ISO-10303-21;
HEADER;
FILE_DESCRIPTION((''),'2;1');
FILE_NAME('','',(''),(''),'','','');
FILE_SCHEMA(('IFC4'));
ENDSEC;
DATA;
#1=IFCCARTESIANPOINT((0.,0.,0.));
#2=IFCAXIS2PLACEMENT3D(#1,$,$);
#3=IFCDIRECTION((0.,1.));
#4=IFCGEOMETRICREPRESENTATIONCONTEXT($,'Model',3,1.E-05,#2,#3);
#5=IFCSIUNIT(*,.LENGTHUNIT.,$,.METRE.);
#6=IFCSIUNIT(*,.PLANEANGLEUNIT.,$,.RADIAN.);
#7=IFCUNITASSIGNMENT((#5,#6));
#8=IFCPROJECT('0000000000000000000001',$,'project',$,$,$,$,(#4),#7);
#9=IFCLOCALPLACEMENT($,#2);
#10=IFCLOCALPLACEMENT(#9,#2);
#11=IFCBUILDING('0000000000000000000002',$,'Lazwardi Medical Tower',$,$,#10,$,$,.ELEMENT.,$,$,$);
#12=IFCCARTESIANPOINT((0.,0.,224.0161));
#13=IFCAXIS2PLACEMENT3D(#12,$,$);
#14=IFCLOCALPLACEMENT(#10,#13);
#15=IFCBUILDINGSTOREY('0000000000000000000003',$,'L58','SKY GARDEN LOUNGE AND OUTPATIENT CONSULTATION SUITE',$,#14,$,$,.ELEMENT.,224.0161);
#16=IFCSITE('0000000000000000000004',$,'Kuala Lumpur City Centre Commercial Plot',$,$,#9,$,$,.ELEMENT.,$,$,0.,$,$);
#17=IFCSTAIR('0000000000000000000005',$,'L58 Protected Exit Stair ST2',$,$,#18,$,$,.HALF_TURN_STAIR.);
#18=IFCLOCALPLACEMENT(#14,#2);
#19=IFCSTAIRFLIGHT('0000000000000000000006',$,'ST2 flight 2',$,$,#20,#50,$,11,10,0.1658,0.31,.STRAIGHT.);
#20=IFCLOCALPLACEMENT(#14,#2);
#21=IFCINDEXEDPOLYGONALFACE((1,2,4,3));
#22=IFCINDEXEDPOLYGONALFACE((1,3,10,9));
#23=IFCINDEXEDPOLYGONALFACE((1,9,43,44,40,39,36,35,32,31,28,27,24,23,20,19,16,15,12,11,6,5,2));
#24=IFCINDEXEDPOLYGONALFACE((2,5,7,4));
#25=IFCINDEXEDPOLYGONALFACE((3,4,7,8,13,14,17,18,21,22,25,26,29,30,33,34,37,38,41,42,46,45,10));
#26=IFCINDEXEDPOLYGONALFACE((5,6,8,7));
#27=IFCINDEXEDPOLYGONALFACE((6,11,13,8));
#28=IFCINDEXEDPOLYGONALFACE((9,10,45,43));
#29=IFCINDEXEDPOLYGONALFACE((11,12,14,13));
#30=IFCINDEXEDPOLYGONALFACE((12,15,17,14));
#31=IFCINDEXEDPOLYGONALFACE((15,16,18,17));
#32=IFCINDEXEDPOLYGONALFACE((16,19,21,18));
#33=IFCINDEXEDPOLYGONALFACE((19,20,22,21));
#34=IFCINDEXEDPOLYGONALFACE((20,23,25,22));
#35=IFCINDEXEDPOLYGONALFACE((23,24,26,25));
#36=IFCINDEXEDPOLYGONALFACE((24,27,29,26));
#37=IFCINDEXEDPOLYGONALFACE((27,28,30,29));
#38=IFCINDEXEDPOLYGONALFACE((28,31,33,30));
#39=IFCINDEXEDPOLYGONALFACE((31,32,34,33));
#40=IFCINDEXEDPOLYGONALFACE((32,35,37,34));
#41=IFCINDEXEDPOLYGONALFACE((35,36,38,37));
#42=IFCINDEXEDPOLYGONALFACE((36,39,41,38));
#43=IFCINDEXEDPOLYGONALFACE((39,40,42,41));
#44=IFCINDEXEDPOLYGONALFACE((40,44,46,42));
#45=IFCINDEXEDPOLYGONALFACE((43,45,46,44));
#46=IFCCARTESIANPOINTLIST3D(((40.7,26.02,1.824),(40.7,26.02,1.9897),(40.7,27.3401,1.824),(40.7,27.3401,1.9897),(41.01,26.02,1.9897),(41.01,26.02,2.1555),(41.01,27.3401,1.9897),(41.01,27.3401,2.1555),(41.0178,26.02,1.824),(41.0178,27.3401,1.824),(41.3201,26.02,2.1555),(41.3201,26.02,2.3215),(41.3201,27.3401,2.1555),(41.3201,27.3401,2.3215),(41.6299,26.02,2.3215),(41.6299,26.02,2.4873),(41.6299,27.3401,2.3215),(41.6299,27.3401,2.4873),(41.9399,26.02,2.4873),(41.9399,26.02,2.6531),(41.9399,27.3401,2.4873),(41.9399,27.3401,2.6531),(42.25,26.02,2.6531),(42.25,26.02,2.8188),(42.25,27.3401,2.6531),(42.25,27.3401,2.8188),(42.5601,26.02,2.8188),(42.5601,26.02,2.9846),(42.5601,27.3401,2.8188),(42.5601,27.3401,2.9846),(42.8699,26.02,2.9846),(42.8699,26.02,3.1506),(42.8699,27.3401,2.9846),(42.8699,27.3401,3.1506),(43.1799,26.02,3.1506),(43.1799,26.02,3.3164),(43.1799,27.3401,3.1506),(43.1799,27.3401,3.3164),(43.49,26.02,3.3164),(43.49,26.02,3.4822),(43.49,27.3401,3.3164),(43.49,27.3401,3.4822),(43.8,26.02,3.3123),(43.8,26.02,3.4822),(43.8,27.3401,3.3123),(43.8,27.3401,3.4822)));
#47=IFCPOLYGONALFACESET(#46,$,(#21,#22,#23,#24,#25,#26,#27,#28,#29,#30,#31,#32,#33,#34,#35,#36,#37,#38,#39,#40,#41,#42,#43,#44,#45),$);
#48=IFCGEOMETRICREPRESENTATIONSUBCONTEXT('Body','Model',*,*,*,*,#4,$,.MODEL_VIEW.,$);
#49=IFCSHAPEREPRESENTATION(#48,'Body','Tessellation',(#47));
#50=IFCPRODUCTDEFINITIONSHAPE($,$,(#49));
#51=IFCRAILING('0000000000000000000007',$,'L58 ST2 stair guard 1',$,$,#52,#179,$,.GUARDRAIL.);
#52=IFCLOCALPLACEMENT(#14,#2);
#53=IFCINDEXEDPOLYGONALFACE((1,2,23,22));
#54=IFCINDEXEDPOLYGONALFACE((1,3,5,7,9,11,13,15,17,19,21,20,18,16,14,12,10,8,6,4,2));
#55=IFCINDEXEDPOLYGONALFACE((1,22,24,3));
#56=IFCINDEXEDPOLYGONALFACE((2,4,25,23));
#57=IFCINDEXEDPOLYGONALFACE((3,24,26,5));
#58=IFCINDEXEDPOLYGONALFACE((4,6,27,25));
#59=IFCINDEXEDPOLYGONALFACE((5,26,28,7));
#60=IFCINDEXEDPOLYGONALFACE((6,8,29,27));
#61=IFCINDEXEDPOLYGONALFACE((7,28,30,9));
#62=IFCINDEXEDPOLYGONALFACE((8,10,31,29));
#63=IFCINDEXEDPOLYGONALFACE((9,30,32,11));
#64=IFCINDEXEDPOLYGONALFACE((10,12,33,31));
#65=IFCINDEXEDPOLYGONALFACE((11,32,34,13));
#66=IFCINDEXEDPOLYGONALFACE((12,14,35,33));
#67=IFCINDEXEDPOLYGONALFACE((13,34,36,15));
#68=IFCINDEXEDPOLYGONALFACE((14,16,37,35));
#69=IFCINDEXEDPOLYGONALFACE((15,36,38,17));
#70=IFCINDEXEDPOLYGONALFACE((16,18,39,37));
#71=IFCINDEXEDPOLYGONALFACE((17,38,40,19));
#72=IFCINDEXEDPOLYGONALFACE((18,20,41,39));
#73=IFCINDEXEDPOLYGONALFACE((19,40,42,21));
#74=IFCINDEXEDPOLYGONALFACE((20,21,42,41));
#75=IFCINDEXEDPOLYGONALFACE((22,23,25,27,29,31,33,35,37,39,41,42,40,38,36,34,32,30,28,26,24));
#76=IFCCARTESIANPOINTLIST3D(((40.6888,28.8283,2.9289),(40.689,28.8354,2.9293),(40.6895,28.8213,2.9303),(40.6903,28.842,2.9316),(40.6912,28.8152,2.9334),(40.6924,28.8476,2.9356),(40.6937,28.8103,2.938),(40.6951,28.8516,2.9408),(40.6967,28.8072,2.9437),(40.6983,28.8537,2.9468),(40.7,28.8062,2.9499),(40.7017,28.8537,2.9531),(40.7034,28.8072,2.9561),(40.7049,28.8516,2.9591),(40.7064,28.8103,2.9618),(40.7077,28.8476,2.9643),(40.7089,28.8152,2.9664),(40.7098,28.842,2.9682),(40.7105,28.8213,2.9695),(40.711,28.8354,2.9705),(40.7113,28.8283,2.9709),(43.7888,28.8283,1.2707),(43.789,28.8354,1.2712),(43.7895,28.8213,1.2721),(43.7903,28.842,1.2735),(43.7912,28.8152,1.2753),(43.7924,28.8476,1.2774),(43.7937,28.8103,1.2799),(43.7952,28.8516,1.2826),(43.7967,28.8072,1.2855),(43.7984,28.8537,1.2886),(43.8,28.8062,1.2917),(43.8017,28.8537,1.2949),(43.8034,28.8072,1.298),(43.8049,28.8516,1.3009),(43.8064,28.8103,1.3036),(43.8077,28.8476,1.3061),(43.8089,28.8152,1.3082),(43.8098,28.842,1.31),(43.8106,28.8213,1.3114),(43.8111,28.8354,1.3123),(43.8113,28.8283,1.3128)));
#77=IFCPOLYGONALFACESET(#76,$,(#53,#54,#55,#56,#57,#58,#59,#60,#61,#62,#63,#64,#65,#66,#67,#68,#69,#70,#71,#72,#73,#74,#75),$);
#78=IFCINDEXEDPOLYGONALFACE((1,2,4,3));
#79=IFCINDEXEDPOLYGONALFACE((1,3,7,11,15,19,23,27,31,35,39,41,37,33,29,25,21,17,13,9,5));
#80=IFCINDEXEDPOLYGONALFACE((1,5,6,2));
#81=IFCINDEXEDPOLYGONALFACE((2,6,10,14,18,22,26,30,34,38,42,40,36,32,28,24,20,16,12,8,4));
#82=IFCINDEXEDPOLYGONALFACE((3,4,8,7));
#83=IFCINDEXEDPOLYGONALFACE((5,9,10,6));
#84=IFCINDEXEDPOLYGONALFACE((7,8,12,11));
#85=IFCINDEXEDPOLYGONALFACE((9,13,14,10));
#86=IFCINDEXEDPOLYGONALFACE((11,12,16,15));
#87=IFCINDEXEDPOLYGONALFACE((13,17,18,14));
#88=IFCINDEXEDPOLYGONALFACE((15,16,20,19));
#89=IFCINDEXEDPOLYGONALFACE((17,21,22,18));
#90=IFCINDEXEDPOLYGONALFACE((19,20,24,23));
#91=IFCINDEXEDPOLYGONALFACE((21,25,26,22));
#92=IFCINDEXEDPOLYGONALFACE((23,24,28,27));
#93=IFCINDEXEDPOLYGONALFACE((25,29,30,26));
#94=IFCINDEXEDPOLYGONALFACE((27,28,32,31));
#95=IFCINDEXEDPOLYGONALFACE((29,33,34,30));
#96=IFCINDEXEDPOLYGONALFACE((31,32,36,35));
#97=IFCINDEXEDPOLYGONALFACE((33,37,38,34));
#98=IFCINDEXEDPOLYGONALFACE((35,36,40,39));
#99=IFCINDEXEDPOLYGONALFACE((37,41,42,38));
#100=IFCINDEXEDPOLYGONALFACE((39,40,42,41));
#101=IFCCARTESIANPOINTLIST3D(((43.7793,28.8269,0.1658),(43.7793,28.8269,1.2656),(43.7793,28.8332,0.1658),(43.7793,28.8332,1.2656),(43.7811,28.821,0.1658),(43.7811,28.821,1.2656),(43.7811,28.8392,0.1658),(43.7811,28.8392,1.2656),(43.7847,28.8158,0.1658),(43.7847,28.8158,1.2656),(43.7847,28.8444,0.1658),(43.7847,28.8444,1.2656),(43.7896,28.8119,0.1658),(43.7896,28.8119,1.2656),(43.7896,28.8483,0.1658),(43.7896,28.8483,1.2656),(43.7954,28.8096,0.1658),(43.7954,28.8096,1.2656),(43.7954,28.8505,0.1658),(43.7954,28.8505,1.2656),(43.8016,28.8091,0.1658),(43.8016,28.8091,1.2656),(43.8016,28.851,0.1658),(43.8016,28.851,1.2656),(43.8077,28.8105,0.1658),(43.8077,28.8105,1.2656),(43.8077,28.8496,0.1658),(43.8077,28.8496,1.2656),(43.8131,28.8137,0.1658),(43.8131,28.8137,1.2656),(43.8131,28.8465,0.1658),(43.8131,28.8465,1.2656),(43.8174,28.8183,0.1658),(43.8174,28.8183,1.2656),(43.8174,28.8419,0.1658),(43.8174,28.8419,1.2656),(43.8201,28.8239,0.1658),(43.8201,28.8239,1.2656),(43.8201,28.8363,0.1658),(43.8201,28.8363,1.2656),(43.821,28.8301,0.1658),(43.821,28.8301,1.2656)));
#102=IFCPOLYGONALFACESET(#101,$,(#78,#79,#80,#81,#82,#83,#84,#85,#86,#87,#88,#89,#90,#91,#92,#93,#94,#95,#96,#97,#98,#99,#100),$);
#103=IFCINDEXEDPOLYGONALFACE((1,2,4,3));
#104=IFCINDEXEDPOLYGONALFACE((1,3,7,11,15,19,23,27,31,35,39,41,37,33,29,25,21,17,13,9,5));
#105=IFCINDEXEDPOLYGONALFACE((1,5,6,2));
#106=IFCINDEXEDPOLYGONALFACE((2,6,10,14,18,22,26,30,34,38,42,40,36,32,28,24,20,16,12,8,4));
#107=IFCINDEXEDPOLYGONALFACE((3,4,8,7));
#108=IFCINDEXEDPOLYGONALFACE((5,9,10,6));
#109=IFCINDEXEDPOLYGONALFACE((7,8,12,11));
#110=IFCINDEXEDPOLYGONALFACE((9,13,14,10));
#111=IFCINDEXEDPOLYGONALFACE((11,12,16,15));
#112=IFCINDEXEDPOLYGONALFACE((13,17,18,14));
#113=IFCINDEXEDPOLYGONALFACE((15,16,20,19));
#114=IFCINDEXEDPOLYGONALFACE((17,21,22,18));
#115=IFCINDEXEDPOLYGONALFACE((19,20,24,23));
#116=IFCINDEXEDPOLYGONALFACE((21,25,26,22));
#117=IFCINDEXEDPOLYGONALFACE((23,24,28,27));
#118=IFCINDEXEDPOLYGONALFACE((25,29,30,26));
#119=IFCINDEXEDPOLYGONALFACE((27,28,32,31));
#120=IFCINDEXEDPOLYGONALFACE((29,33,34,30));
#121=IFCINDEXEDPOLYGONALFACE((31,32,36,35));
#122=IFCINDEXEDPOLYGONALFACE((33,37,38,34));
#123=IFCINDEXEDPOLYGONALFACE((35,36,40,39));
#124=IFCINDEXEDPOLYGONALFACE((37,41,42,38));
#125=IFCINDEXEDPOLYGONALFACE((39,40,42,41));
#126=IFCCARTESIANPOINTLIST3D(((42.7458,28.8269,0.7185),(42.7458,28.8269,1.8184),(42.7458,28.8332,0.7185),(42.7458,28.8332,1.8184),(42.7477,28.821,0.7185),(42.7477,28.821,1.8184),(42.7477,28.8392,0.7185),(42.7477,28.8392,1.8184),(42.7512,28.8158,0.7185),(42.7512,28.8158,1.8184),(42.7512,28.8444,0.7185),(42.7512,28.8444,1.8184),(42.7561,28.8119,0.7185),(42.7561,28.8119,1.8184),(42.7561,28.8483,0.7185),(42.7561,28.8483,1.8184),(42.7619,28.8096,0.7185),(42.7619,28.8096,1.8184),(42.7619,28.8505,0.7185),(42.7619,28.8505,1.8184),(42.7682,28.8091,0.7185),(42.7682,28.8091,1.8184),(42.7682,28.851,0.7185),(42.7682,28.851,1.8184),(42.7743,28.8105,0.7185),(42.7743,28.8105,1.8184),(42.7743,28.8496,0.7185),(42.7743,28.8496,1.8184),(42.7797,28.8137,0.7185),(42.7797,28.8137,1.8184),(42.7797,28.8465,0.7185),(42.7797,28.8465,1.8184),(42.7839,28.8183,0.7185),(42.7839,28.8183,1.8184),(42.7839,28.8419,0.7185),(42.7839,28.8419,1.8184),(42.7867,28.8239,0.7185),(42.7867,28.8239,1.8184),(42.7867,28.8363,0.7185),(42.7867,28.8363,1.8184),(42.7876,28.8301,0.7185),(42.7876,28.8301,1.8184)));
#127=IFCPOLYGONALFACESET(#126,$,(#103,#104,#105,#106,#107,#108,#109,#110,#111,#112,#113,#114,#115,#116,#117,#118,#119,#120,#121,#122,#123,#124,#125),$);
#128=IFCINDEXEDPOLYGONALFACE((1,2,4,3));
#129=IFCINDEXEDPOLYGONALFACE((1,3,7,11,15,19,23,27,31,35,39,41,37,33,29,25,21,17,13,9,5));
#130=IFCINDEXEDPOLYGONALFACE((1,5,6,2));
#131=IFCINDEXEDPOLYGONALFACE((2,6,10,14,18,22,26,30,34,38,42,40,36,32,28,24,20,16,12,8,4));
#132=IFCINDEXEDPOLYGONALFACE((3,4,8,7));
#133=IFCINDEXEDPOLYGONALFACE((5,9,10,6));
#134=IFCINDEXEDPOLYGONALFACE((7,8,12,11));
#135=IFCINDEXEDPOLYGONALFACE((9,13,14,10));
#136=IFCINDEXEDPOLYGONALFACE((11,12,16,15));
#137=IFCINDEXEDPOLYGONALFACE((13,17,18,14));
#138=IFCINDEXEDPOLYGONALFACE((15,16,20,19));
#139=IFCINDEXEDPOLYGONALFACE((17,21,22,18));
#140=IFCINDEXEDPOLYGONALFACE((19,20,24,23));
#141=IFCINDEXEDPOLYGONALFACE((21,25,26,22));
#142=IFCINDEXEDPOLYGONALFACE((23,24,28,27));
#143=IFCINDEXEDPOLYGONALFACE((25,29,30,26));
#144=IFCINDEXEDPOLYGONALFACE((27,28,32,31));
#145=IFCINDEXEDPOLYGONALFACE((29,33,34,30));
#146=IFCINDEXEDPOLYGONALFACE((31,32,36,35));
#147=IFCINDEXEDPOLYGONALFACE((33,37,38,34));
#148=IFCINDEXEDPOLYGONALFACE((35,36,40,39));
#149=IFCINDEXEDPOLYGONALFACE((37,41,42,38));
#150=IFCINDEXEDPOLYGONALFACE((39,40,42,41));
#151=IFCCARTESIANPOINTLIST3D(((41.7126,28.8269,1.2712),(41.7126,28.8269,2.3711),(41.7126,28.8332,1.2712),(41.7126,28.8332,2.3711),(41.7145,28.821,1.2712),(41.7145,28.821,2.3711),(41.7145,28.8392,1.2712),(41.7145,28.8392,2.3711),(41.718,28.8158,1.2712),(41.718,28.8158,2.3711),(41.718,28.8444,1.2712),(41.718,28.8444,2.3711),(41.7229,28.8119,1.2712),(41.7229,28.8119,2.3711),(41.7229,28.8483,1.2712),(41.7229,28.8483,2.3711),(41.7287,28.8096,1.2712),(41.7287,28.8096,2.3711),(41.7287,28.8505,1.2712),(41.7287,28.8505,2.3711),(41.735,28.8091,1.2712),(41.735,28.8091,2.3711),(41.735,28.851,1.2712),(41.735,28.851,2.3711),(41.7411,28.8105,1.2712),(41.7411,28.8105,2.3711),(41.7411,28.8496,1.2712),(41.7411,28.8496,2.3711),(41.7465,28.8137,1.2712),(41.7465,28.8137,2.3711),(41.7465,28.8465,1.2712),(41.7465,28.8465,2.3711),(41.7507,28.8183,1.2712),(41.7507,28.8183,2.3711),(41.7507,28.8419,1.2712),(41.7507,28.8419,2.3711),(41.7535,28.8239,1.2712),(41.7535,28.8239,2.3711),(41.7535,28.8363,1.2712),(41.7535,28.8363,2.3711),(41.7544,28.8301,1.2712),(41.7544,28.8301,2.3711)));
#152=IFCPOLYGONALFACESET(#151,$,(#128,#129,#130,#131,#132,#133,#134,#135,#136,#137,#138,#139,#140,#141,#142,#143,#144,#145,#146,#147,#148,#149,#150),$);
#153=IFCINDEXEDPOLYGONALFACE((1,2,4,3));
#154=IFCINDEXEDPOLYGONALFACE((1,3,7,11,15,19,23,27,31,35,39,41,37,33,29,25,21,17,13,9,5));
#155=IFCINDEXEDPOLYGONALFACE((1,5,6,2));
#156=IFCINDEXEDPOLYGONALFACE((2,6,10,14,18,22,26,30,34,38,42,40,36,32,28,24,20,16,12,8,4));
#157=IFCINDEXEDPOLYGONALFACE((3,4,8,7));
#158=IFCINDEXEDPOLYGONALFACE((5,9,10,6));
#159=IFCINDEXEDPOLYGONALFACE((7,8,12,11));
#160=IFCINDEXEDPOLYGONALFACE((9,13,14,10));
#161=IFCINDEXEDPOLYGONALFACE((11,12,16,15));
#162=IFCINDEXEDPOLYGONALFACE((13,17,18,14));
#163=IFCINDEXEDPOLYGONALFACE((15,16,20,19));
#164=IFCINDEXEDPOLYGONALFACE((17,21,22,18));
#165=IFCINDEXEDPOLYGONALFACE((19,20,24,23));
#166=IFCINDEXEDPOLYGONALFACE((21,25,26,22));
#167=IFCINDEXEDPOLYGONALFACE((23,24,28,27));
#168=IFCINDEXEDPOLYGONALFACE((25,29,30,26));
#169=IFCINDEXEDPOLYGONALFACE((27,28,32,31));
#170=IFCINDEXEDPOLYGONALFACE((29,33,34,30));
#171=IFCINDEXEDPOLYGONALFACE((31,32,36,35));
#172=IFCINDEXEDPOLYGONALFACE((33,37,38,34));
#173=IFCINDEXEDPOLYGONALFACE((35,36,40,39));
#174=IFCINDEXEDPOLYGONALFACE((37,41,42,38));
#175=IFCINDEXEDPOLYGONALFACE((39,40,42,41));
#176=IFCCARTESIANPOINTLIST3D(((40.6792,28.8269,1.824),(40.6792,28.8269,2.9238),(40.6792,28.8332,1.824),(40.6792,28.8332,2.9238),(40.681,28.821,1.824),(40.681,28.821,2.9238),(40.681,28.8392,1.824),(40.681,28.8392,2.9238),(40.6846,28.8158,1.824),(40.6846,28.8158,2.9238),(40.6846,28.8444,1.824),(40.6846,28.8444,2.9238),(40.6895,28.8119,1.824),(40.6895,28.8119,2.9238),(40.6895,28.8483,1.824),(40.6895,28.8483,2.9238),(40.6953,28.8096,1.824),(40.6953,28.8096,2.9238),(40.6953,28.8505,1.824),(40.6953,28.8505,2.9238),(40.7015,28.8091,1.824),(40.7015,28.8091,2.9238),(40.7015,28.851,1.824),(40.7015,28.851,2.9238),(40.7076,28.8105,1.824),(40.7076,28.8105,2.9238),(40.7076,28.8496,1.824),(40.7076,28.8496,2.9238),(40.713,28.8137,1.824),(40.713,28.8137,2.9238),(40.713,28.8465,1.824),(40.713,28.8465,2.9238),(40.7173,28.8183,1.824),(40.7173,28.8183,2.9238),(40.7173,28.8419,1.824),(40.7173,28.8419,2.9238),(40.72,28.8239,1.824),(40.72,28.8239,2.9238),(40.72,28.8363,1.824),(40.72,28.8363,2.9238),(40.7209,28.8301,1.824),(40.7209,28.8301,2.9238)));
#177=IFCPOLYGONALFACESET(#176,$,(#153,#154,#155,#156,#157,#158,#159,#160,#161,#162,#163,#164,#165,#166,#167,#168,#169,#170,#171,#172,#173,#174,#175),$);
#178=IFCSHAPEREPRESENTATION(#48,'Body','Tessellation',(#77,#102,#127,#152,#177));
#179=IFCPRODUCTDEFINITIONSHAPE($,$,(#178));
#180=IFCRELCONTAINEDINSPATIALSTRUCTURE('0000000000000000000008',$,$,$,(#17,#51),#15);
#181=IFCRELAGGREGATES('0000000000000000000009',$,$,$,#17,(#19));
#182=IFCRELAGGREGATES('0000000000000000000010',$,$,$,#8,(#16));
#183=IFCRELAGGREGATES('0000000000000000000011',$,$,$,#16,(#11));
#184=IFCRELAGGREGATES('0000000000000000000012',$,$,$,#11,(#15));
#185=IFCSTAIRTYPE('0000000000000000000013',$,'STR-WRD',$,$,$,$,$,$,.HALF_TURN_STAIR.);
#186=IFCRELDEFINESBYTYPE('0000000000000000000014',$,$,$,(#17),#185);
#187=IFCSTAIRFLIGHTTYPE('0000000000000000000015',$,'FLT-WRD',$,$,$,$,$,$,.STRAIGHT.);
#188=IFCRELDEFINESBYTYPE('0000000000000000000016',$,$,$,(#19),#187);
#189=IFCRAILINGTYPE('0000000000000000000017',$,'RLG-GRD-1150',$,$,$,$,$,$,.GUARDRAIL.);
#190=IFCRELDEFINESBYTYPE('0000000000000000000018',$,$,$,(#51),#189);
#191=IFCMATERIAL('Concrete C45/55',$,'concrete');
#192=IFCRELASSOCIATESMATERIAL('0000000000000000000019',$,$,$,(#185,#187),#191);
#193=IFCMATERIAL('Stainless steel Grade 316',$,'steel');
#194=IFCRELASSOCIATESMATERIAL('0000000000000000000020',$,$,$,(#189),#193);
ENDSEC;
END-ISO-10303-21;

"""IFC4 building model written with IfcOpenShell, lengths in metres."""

from ifc_helpers import new_model, si_unit, direction, frame, origin, origin_2d, place, context, subcontext, project, spatial, polyline, circle, outline, extrude, material, type_object, element, aggregate, save


model = new_model("IFC4")

# Units and contexts
model_context = context("Model", 3, precision=1e-05, world=origin(), true_north=direction((0.0, 1.0)))
body_context = subcontext(model_context, "Body", "Model", "MODEL_VIEW")
ifc_project = project(units=[si_unit("LENGTHUNIT", "METRE"), si_unit("PLANEANGLEUNIT", "RADIAN")], contexts=[model_context])

# Site, building, storey
site_placement = place(None, origin())
site = spatial("IfcSite", under=ifc_project, at=site_placement, Name="Kuala Lumpur City Centre Commercial Plot", CompositionType="ELEMENT", RefElevation=0.0)
building_placement = place(site_placement, origin())
building = spatial("IfcBuilding", under=site, at=building_placement, Name="Lazwardi Medical Tower", CompositionType="ELEMENT")
storey_placement = place(building_placement, frame((0.0, 0.0, 224.0161)))
storey = spatial("IfcBuildingStorey", under=building, at=storey_placement, Name="L58", Description="SKY GARDEN LOUNGE AND OUTPATIENT CONSULTATION SUITE", CompositionType="ELEMENT", Elevation=224.0161)

# Stair, stair flight
ifc_material_1 = material(Name="Concrete C45/55", Category="concrete")
stair_type = type_object("IfcStairType", Name="STR-WRD", PredefinedType="HALF_TURN_STAIR", material=ifc_material_1)
stair_placement = place(storey_placement, origin())
stair = element("IfcStair", 1, at=stair_placement, inside=storey, type_object=stair_type, Name="L58 Protected Exit Stair ST2", PredefinedType="HALF_TURN_STAIR")
stair_flight_type = type_object("IfcStairFlightType", Name="FLT-WRD", PredefinedType="STRAIGHT", material=ifc_material_1)
stair_flight_1_placement = place(storey_placement, frame((40.7, 26.6799, 1.824), z_axis=(0.0, 0.0, 1.0), x_axis=(1.0, 0.0, 0.0)))
stair_flight_1 = element("IfcStairFlight", 2, at=stair_flight_1_placement, type_object=stair_flight_type, Name="ST2 flight 2", NumberOfRisers=11, NumberOfTreads=10, PredefinedType="STRAIGHT", RiserHeight=0.1658, TreadLength=0.31, context=body_context, shape_type="SweptSolid", body=[
    extrude(outline(polyline([(0.0, 0.0), (0.0, 0.1658), (0.3101, 0.1658), (0.3101, 0.3315), (0.6201, 0.3315), (0.6201, 0.4976), (0.9299, 0.4976), (0.9299, 0.6633), (1.24, 0.6633), (1.24, 0.8291), (1.55, 0.8291), (1.55, 0.9949), (1.8601, 0.9949), (1.8601, 1.1606), (2.1699, 1.1606), (2.1699, 1.3267), (2.48, 1.3267), (2.48, 1.4924), (2.79, 1.4924), (2.79, 1.6582), (3.1001, 1.6582), (3.1001, 1.824), (3.1001, 1.4883), (0.3179, 0.0), (0.0, 0.0)])), frame((0.0, 0.6602, 0.0), z_axis=(0.0, -1.0, 0.0), x_axis=(1.0, 0.0, 0.0)), (0.0, 0.0, 1.0), 1.3201),
])
aggregate(stair, [stair_flight_1])

# Railing
ifc_material_2 = material(Name="Stainless steel Grade 316", Category="steel")
railing_type_1 = type_object("IfcRailingType", Name="RLG-GRD-1150", PredefinedType="GUARDRAIL", material=ifc_material_2)
railing_1_placement = place(storey_placement, frame((43.8, 28.8301, 0.1658)))
element("IfcRailing", 3, at=railing_1_placement, inside=storey, type_object=railing_type_1, Name="L58 ST2 stair guard 1", PredefinedType="GUARDRAIL", context=body_context, shape_type="SweptSolid", body=[
    extrude(circle(Radius=0.0239, at=origin_2d()), frame((0.0, 0.0, 1.126), z_axis=(-0.881783, 0.0, 0.471655), x_axis=(0.0, -1.0, 0.0)), (0.0, 0.0, 1.0), 3.5156),
    extrude(circle(Radius=0.021, at=origin_2d()), origin(), (0.0, 0.0, 1.0), 1.0999),
    extrude(circle(Radius=0.021, at=origin_2d()), frame((-1.0334, 0.0, 0.5527)), (0.0, 0.0, 1.0), 1.0999),
    extrude(circle(Radius=0.021, at=origin_2d()), frame((-2.0667, 0.0, 1.1055)), (0.0, 0.0, 1.0), 1.0999),
    extrude(circle(Radius=0.021, at=origin_2d()), frame((-3.1001, 0.0, 1.6582)), (0.0, 0.0, 1.0), 1.0999),
])

save(model, "model.ifc")
